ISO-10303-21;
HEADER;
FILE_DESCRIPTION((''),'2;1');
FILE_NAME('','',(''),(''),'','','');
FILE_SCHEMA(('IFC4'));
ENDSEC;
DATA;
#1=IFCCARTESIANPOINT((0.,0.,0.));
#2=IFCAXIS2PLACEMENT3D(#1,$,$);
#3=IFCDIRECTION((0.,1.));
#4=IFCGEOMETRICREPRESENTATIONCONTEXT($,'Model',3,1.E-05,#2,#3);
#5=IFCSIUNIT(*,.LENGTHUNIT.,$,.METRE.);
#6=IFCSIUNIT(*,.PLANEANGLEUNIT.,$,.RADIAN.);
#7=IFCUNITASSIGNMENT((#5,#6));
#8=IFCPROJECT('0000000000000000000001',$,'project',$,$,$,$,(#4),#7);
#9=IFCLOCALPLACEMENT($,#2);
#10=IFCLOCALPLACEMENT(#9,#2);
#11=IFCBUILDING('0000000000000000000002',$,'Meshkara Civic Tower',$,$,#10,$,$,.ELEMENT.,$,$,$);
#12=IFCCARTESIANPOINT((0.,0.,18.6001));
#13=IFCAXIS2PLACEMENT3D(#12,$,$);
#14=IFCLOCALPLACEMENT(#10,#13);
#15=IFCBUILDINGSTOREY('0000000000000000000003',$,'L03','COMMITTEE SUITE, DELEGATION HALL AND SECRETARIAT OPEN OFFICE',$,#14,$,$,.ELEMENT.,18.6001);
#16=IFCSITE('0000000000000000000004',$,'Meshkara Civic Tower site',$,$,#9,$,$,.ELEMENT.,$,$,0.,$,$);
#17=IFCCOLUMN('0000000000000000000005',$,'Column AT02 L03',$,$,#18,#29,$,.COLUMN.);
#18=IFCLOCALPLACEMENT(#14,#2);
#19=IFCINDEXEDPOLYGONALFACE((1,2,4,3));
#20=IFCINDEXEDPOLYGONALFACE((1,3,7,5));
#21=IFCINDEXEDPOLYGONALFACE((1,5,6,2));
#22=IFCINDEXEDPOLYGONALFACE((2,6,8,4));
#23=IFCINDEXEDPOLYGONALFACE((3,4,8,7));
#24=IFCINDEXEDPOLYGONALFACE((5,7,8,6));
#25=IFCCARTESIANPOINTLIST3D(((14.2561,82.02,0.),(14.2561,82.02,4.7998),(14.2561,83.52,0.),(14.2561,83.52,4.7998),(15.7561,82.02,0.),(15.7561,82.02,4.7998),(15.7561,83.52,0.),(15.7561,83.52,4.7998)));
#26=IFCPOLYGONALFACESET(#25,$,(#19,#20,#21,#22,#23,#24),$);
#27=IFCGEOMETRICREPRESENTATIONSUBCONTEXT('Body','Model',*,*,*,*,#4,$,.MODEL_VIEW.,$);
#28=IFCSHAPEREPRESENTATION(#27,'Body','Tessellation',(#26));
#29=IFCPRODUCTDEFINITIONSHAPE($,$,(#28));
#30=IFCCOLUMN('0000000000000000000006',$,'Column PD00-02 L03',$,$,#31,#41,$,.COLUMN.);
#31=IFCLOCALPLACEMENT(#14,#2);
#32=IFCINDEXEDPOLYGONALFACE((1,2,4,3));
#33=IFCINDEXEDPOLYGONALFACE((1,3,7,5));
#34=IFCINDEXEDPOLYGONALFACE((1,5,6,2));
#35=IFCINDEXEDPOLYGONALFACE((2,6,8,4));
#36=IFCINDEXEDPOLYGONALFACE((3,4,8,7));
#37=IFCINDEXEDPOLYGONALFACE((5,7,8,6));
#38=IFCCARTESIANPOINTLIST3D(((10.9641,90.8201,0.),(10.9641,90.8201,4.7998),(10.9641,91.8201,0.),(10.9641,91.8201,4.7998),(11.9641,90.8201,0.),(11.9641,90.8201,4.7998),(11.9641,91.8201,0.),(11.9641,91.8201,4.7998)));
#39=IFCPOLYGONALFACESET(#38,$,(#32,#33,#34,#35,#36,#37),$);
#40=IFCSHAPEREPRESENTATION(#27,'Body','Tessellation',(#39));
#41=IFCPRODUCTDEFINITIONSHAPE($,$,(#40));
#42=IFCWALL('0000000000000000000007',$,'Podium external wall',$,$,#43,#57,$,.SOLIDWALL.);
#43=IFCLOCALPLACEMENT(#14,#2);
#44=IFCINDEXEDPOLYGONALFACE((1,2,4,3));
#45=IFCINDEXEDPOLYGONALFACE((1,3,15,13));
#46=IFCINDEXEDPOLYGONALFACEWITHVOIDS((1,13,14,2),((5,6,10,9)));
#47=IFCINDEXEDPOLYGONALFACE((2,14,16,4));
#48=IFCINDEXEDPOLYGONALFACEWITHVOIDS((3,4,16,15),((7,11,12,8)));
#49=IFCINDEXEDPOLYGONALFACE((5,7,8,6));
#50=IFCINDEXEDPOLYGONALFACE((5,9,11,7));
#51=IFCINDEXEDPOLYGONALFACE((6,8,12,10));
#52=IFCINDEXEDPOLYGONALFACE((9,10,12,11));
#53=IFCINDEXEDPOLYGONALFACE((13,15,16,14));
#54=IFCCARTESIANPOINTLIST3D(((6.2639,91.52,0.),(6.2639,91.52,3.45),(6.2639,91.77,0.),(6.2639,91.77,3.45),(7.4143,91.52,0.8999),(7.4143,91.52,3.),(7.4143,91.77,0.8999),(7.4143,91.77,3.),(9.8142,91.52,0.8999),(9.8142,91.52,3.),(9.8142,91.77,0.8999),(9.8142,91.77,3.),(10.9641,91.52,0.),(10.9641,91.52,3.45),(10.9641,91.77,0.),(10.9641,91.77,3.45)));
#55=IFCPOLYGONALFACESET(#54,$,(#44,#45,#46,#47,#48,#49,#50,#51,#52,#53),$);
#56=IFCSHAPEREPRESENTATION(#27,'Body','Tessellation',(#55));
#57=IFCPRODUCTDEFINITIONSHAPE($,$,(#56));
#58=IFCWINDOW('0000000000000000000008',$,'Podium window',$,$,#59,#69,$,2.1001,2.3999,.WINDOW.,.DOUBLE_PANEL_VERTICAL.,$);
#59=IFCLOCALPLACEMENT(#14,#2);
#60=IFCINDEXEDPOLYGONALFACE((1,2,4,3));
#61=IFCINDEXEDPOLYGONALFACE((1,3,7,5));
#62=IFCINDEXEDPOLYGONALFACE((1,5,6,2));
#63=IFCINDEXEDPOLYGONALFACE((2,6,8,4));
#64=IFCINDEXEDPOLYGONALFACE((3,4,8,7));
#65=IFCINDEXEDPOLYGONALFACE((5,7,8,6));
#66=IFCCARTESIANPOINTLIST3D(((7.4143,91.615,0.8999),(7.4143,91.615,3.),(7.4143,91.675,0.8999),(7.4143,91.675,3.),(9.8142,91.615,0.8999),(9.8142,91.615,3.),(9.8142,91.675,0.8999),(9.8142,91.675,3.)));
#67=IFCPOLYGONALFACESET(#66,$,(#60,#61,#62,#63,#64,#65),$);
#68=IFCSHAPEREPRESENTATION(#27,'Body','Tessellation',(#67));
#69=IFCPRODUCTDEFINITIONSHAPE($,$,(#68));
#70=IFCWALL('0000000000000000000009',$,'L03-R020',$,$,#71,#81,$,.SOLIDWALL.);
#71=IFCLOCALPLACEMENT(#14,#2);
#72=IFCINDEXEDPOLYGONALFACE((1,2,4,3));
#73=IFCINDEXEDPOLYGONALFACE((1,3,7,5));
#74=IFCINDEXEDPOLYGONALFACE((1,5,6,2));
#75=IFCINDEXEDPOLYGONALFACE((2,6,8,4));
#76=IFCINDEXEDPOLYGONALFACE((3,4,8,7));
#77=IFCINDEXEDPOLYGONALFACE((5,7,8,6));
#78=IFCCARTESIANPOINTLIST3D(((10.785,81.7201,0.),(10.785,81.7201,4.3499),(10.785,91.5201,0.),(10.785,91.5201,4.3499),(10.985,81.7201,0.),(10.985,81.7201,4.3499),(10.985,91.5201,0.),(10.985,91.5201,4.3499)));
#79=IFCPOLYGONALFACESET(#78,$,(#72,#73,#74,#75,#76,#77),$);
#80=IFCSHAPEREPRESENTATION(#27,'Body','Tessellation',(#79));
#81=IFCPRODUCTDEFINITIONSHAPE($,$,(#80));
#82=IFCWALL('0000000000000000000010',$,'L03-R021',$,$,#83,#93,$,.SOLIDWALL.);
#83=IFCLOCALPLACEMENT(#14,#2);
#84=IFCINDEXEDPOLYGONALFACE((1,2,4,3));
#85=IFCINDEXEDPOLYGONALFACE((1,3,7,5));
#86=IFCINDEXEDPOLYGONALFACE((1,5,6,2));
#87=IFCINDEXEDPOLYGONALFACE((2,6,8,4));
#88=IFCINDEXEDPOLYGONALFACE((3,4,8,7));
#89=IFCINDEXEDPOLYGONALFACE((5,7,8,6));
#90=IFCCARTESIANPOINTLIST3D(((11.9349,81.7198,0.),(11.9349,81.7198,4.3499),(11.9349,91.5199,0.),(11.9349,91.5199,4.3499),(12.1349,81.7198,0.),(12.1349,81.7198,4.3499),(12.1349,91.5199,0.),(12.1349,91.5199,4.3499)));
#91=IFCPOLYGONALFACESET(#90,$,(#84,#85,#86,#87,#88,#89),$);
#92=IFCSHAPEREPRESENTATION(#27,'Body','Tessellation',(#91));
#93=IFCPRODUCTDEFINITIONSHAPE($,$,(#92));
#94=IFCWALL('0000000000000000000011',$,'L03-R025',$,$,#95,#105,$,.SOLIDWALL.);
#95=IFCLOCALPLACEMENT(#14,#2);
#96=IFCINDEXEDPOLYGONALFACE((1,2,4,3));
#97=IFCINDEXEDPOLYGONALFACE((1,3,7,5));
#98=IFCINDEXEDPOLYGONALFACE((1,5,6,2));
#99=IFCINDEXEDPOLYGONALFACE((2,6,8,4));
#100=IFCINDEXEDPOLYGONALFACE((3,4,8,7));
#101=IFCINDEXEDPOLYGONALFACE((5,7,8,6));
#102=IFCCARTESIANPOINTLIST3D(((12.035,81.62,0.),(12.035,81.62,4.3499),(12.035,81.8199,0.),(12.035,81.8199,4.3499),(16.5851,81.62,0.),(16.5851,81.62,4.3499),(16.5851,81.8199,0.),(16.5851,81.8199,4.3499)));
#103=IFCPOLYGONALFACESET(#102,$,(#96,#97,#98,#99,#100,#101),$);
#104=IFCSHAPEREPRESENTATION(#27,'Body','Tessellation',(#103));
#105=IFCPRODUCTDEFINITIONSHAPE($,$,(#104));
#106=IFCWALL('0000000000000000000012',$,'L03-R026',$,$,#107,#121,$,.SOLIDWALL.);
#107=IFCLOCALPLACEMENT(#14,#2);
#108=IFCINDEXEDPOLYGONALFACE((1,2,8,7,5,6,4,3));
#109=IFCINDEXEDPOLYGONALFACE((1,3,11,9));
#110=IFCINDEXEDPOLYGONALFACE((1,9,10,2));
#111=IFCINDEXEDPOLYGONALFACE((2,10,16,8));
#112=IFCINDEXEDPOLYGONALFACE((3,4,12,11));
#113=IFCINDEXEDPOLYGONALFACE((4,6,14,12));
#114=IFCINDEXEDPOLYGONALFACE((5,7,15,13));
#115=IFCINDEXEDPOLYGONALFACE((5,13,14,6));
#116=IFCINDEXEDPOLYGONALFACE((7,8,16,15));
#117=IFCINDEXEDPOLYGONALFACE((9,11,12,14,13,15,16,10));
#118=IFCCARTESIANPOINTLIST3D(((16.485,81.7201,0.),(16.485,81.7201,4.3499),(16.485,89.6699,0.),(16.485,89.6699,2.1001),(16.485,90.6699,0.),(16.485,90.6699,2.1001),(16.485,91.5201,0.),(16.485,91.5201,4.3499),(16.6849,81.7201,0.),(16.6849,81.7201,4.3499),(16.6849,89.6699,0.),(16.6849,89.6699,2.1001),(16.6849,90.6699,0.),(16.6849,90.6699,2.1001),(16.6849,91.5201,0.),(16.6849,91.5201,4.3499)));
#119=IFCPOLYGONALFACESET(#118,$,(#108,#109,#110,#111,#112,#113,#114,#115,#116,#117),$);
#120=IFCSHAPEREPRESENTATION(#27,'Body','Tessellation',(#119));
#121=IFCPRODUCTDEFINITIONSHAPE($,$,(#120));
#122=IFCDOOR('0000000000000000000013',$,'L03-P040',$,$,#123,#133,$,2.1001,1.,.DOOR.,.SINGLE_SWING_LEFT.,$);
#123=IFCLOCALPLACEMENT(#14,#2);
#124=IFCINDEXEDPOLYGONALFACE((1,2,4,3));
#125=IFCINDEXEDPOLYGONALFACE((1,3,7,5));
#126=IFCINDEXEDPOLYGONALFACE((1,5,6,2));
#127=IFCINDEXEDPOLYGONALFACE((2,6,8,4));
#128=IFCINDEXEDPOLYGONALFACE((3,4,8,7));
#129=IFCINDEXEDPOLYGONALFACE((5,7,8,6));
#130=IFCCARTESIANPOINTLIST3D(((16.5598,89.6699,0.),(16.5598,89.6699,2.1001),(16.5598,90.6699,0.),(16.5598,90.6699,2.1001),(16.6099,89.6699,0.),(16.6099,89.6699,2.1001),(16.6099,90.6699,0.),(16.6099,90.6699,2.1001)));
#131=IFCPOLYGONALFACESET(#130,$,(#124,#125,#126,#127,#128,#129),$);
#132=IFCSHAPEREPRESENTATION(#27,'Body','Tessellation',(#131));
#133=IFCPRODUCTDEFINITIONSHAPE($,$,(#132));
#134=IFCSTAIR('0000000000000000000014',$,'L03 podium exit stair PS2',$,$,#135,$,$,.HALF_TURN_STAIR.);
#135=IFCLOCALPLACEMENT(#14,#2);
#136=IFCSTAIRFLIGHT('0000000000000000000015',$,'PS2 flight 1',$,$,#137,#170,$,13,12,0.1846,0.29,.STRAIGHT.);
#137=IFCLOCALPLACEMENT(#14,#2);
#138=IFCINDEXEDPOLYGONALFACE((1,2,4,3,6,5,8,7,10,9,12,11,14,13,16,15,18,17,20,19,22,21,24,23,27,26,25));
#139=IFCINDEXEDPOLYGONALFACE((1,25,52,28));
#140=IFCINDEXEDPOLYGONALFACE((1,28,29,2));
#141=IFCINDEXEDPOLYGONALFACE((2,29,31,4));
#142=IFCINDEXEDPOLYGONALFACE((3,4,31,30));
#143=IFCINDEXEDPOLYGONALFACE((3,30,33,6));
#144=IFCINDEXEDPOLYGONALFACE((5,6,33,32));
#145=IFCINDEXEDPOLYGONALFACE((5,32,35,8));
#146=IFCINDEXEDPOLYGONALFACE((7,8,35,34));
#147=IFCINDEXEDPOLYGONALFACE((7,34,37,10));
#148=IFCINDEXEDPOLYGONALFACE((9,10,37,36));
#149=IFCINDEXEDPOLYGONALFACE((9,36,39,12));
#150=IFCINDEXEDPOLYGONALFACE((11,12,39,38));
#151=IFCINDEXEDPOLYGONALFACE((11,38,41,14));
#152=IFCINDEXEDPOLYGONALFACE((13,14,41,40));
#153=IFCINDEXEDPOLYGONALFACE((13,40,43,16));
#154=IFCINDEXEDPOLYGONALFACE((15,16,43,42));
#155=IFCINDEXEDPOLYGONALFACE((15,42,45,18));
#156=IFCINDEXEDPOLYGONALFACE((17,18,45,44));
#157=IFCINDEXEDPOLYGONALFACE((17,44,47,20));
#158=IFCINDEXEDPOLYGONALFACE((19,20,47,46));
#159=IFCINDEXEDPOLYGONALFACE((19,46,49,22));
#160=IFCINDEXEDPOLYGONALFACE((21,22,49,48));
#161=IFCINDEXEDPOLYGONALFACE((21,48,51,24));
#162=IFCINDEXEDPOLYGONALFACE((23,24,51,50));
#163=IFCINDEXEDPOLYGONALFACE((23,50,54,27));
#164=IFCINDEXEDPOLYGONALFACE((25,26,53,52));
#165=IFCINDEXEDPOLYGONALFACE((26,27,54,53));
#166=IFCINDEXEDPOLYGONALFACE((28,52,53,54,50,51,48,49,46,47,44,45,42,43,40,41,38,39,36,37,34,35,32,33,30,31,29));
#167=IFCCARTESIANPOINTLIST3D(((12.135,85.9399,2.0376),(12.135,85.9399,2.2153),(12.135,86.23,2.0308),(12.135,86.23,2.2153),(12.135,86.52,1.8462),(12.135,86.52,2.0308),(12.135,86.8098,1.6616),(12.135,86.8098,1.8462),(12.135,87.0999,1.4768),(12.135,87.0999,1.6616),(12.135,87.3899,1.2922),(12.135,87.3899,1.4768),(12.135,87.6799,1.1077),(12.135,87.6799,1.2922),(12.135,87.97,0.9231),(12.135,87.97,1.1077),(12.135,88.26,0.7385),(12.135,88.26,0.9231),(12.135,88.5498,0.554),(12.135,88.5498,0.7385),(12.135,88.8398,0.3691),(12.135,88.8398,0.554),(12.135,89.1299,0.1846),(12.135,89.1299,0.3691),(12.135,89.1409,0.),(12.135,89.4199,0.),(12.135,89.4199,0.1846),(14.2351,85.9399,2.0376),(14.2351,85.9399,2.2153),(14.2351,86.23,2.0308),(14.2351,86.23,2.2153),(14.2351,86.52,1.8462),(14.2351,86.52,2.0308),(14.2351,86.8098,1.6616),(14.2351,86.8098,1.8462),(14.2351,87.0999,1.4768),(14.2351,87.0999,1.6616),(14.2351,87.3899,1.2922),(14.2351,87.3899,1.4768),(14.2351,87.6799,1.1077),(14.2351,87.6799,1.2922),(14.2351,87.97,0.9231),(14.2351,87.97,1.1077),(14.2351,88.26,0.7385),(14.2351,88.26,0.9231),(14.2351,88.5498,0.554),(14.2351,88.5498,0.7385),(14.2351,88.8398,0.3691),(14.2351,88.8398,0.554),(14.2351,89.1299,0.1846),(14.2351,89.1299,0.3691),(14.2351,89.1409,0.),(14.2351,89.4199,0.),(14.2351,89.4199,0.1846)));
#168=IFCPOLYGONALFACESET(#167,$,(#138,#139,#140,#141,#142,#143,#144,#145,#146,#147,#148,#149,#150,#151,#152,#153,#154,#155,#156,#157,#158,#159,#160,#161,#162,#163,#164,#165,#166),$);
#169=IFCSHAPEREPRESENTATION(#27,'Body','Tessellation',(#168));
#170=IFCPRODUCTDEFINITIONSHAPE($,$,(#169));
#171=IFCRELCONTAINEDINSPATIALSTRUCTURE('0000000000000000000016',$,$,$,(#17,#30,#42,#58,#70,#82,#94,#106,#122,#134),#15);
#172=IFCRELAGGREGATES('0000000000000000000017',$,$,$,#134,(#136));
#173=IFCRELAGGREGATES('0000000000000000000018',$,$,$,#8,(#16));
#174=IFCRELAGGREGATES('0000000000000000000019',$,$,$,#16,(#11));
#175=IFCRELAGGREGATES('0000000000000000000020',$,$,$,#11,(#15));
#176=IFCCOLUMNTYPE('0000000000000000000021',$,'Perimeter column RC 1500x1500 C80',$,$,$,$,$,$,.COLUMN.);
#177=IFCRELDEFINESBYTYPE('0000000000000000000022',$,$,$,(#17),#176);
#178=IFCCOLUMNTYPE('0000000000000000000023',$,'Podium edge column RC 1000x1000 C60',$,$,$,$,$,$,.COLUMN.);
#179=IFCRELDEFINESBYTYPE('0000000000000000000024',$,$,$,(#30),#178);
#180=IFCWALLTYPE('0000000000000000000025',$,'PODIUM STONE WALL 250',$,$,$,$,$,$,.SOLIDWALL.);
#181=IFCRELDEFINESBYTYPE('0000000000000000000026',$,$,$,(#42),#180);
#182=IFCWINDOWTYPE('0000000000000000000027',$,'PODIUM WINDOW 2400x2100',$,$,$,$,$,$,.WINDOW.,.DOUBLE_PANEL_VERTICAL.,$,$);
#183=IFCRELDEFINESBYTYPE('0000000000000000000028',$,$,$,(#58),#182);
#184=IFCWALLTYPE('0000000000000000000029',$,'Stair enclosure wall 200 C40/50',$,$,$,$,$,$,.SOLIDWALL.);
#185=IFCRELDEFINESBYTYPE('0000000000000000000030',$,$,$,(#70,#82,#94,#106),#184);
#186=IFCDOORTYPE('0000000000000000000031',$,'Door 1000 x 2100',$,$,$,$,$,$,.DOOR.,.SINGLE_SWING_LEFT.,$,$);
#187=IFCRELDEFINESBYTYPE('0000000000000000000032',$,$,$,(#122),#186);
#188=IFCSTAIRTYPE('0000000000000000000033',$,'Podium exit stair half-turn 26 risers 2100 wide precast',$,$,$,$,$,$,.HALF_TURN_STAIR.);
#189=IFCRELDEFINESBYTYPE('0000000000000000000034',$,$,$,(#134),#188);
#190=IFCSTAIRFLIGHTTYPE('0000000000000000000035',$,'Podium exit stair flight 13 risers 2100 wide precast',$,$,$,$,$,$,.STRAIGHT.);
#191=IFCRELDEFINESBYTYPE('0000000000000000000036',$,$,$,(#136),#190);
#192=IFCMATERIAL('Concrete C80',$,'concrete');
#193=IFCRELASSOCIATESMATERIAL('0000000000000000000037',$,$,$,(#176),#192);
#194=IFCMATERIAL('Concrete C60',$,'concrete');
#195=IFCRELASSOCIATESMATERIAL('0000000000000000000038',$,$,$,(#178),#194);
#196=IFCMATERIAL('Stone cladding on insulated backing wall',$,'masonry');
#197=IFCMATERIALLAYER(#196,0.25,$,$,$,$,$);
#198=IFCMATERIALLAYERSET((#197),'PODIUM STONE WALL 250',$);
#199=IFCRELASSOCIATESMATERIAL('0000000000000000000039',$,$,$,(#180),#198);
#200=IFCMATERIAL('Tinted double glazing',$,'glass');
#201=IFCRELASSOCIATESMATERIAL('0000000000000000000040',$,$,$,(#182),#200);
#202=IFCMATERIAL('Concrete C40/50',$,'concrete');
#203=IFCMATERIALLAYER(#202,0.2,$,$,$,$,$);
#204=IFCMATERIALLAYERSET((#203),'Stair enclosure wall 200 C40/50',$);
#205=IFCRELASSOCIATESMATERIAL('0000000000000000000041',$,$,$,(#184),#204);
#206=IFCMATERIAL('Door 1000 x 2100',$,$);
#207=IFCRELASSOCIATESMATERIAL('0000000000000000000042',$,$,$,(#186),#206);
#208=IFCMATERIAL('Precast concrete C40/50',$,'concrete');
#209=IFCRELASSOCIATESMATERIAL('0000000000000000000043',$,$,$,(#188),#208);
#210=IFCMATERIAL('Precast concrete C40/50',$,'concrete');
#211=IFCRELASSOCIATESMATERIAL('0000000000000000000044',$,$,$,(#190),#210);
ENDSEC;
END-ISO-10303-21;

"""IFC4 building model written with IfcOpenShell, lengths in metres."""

from ifc_helpers import new_model, si_unit, direction, frame, frame_2d, origin, origin_2d, place, context, subcontext, project, spatial, polyline, rectangle, outline, extrude, material, layer, layer_set, material_profile, profile_set, type_object, element, fill, aggregate, save


model = new_model("IFC4")

# Units and contexts
model_context = context("Model", 3, precision=1e-05, world=origin(), true_north=direction((0.0, 1.0)))
body_context = subcontext(model_context, "Body", "Model", "MODEL_VIEW")
ifc_project = project(units=[si_unit("LENGTHUNIT", "METRE"), si_unit("PLANEANGLEUNIT", "RADIAN")], contexts=[model_context])

# Site, building, storey
site_placement = place(None, origin())
site = spatial("IfcSite", under=ifc_project, at=site_placement, Name="Meshkara Civic Tower site", CompositionType="ELEMENT", RefElevation=0.0)
building_placement = place(site_placement, origin())
building = spatial("IfcBuilding", under=site, at=building_placement, Name="Meshkara Civic Tower", CompositionType="ELEMENT")
storey_placement = place(building_placement, frame((0.0, 0.0, 18.6001)))
storey = spatial("IfcBuildingStorey", under=building, at=storey_placement, Name="L03", Description="COMMITTEE SUITE, DELEGATION HALL AND SECRETARIAT OPEN OFFICE", CompositionType="ELEMENT", Elevation=18.6001)

# Columns
ifc_material_1 = material(Name="Concrete C80", Category="concrete")
ifc_material_profile_1 = material_profile(ifc_material_1, rectangle(XDim=1.5, YDim=1.5, at=origin_2d()))
ifc_profile_set_1 = profile_set([ifc_material_profile_1], Name="Concrete C80")
column_type_1 = type_object("IfcColumnType", Name="Perimeter column RC 1500x1500 C80", PredefinedType="COLUMN", material=ifc_profile_set_1)
column_1_placement = place(storey_placement, frame((15.0061, 82.77, 0.0), z_axis=(0.0, 0.0, 1.0), x_axis=(1.0, 0.0, 0.0)))
element("IfcColumn", 1, at=column_1_placement, inside=storey, type_object=column_type_1, Name="Column AT02 L03", PredefinedType="COLUMN", context=body_context, shape_type="SweptSolid", body=[
    extrude(rectangle(XDim=1.5, YDim=1.5, at=origin_2d()), origin(), (0.0, 0.0, 1.0), 4.7998),
])
ifc_material_2 = material(Name="Concrete C60", Category="concrete")
ifc_material_profile_2 = material_profile(ifc_material_2, rectangle(XDim=1.0, YDim=1.0, at=origin_2d()))
ifc_profile_set_2 = profile_set([ifc_material_profile_2], Name="Concrete C60")
column_type_2 = type_object("IfcColumnType", Name="Podium edge column RC 1000x1000 C60", PredefinedType="COLUMN", material=ifc_profile_set_2)
column_2_placement = place(storey_placement, frame((11.4641, 91.3201, 0.0), z_axis=(0.0, 0.0, 1.0), x_axis=(1.0, 0.0, 0.0)))
element("IfcColumn", 2, at=column_2_placement, inside=storey, type_object=column_type_2, Name="Column PD00-02 L03", PredefinedType="COLUMN", context=body_context, shape_type="SweptSolid", body=[
    extrude(rectangle(XDim=1.0, YDim=1.0, at=origin_2d()), origin(), (0.0, 0.0, 1.0), 4.7998),
])

# Wall, opening, window
ifc_material_3 = material(Name="Stone cladding on insulated backing wall", Category="masonry")
ifc_layer_1 = layer(ifc_material_3, 0.25)
ifc_layer_set_1 = layer_set([ifc_layer_1], Name="PODIUM STONE WALL 250")
wall_type_1 = type_object("IfcWallType", Name="PODIUM STONE WALL 250", PredefinedType="SOLIDWALL", material=ifc_layer_set_1)
wall_1_placement = place(storey_placement, frame((10.9641, 91.645, 0.0), z_axis=(0.0, 0.0, 1.0), x_axis=(-1.0, 0.0, 0.0)))
wall_1 = element("IfcWall", 3, at=wall_1_placement, inside=storey, type_object=wall_type_1, Name="Podium external wall", PredefinedType="SOLIDWALL", context=body_context, shape_type="SweptSolid", body=[
    extrude(rectangle(XDim=4.7002, YDim=0.25, at=frame_2d((2.3501, 0.0))), origin(), (0.0, 0.0, 1.0), 3.45),
])
opening_1_placement = place(wall_1_placement, frame((1.1499, 0.0, 0.8999)))
opening_1 = element("IfcOpeningElement", 4, at=opening_1_placement, cuts=wall_1, PredefinedType="OPENING", context=body_context, shape_type="SweptSolid", body=[
    extrude(rectangle(XDim=2.3999, YDim=2.1001, at=frame_2d((1.2, 1.05))), frame((0.0, 0.135, 0.0), z_axis=(0.0, -1.0, 0.0), x_axis=(1.0, 0.0, 0.0)), (0.0, 0.0, 1.0), 0.27),
])
ifc_material_4 = material(Name="Tinted double glazing", Category="glass")
window_type = type_object("IfcWindowType", Name="PODIUM WINDOW 2400x2100", PartitioningType="DOUBLE_PANEL_VERTICAL", PredefinedType="WINDOW", material=ifc_material_4)
window_placement = place(opening_1_placement, origin())
window = element("IfcWindow", 5, at=window_placement, inside=storey, type_object=window_type, Name="Podium window", OverallHeight=2.1001, OverallWidth=2.3999, PartitioningType="DOUBLE_PANEL_VERTICAL", PredefinedType="WINDOW", context=body_context, shape_type="SweptSolid", body=[
    extrude(rectangle(XDim=2.3999, YDim=2.1001, at=frame_2d((1.2, 1.05))), frame((0.0, 0.03, 0.0), z_axis=(0.0, -1.0, 0.0), x_axis=(1.0, 0.0, 0.0)), (0.0, 0.0, 1.0), 0.0601),
])
fill(opening_1, window)

# Walls
ifc_material_5 = material(Name="Concrete C40/50", Category="concrete")
ifc_layer_2 = layer(ifc_material_5, 0.2)
ifc_layer_set_2 = layer_set([ifc_layer_2], Name="Stair enclosure wall 200 C40/50")
wall_type_2 = type_object("IfcWallType", Name="Stair enclosure wall 200 C40/50", PredefinedType="SOLIDWALL", material=ifc_layer_set_2)
for number, where, z_axis, x_axis, name in (
    (6, (10.885, 91.52, 0.0), (0.0, 0.0, 1.0), (0.0, -1.0, 0.0), "L03-R020"),
    (7, (12.0349, 81.72, 0.0), (0.0, 0.0, 1.0), (0.0, 1.0, 0.0), "L03-R021"),
):
    element("IfcWall", number, at=place(storey_placement, frame(where, z_axis=z_axis, x_axis=x_axis)), inside=storey, type_object=wall_type_2, Name=name, PredefinedType="SOLIDWALL", context=body_context, shape_type="SweptSolid", body=[
        extrude(rectangle(XDim=9.8, YDim=0.2, at=frame_2d((4.8999, 0.0))), origin(), (0.0, 0.0, 1.0), 4.3499),
    ])
wall_2_placement = place(storey_placement, frame((16.585, 81.72, 0.0), z_axis=(0.0, 0.0, 1.0), x_axis=(-1.0, 0.0, 0.0)))
element("IfcWall", 8, at=wall_2_placement, inside=storey, type_object=wall_type_2, Name="L03-R025", PredefinedType="SOLIDWALL", context=body_context, shape_type="SweptSolid", body=[
    extrude(rectangle(XDim=4.55, YDim=0.2, at=frame_2d((2.2749, 0.0))), origin(), (0.0, 0.0, 1.0), 4.3499),
])

# Wall, opening, door
wall_3_placement = place(storey_placement, frame((16.585, 91.52, 0.0), z_axis=(0.0, 0.0, 1.0), x_axis=(0.0, -1.0, 0.0)))
wall_3 = element("IfcWall", 9, at=wall_3_placement, inside=storey, type_object=wall_type_2, Name="L03-R026", PredefinedType="SOLIDWALL", context=body_context, shape_type="SweptSolid", body=[
    extrude(rectangle(XDim=9.8, YDim=0.2, at=frame_2d((4.8999, 0.0))), origin(), (0.0, 0.0, 1.0), 4.3499),
])
opening_2_placement = place(wall_3_placement, frame((0.8501, 0.0, 0.0)))
opening_2 = element("IfcOpeningElement", 10, at=opening_2_placement, cuts=wall_3, PredefinedType="OPENING", context=body_context, shape_type="SweptSolid", body=[
    extrude(rectangle(XDim=1.0, YDim=2.1001, at=frame_2d((0.5, 1.05))), frame((0.0, 0.1099, 0.0), z_axis=(0.0, -1.0, 0.0), x_axis=(1.0, 0.0, 0.0)), (0.0, 0.0, 1.0), 0.22),
])
ifc_material_6 = material(Name="Door 1000 x 2100")
door_type = type_object("IfcDoorType", Name="Door 1000 x 2100", OperationType="SINGLE_SWING_LEFT", PredefinedType="DOOR", material=ifc_material_6)
door_placement = place(opening_2_placement, origin())
door = element("IfcDoor", 11, at=door_placement, inside=storey, type_object=door_type, Name="L03-P040", OperationType="SINGLE_SWING_LEFT", OverallHeight=2.1001, OverallWidth=1.0, PredefinedType="DOOR", context=body_context, shape_type="SweptSolid", body=[
    extrude(rectangle(XDim=1.0, YDim=2.1001, at=frame_2d((0.5, 1.05))), frame((0.0, 0.0249, 0.0), z_axis=(0.0, -1.0, 0.0), x_axis=(1.0, 0.0, 0.0)), (0.0, 0.0, 1.0), 0.05),
])
fill(opening_2, door)

# Stair, stair flight
ifc_material_7 = material(Name="Precast concrete C40/50", Category="concrete")
stair_type = type_object("IfcStairType", Name="Podium exit stair half-turn 26 risers 2100 wide precast", PredefinedType="HALF_TURN_STAIR", material=ifc_material_7)
stair_placement = place(storey_placement, origin())
stair = element("IfcStair", 12, at=stair_placement, inside=storey, type_object=stair_type, Name="L03 podium exit stair PS2", PredefinedType="HALF_TURN_STAIR")
ifc_material_8 = material(Name="Precast concrete C40/50", Category="concrete")
stair_flight_type = type_object("IfcStairFlightType", Name="Podium exit stair flight 13 risers 2100 wide precast", PredefinedType="STRAIGHT", material=ifc_material_8)
stair_flight_1_placement = place(storey_placement, frame((13.1851, 89.4199, 0.0), z_axis=(0.0, 0.0, 1.0), x_axis=(0.0, -1.0, 0.0)))
stair_flight_1 = element("IfcStairFlight", 13, at=stair_flight_1_placement, type_object=stair_flight_type, Name="PS2 flight 1", NumberOfRisers=13, NumberOfTreads=12, PredefinedType="STRAIGHT", RiserHeight=0.1846, TreadLength=0.29, context=body_context, shape_type="SweptSolid", body=[
    extrude(outline(polyline([(0.0, 0.0), (0.0, 0.1846), (0.29, 0.1846), (0.29, 0.3691), (0.5801, 0.3691), (0.5801, 0.554), (0.8701, 0.554), (0.8701, 0.7385), (1.1599, 0.7385), (1.1599, 0.9231), (1.45, 0.9231), (1.45, 1.1077), (1.74, 1.1077), (1.74, 1.2922), (2.03, 1.2922), (2.03, 1.4768), (2.3201, 1.4768), (2.3201, 1.6616), (2.6101, 1.6616), (2.6101, 1.8462), (2.8999, 1.8462), (2.8999, 2.0308), (3.1899, 2.0308), (3.1899, 2.2153), (3.48, 2.2153), (3.48, 2.3999), (3.48, 2.0376), (0.2791, 0.0), (0.0, 0.0)])), frame((0.0, 1.05, 0.0), z_axis=(0.0, -1.0, 0.0), x_axis=(1.0, 0.0, 0.0)), (0.0, 0.0, 1.0), 2.1001),
])
aggregate(stair, [stair_flight_1])

save(model, "model.ifc")
